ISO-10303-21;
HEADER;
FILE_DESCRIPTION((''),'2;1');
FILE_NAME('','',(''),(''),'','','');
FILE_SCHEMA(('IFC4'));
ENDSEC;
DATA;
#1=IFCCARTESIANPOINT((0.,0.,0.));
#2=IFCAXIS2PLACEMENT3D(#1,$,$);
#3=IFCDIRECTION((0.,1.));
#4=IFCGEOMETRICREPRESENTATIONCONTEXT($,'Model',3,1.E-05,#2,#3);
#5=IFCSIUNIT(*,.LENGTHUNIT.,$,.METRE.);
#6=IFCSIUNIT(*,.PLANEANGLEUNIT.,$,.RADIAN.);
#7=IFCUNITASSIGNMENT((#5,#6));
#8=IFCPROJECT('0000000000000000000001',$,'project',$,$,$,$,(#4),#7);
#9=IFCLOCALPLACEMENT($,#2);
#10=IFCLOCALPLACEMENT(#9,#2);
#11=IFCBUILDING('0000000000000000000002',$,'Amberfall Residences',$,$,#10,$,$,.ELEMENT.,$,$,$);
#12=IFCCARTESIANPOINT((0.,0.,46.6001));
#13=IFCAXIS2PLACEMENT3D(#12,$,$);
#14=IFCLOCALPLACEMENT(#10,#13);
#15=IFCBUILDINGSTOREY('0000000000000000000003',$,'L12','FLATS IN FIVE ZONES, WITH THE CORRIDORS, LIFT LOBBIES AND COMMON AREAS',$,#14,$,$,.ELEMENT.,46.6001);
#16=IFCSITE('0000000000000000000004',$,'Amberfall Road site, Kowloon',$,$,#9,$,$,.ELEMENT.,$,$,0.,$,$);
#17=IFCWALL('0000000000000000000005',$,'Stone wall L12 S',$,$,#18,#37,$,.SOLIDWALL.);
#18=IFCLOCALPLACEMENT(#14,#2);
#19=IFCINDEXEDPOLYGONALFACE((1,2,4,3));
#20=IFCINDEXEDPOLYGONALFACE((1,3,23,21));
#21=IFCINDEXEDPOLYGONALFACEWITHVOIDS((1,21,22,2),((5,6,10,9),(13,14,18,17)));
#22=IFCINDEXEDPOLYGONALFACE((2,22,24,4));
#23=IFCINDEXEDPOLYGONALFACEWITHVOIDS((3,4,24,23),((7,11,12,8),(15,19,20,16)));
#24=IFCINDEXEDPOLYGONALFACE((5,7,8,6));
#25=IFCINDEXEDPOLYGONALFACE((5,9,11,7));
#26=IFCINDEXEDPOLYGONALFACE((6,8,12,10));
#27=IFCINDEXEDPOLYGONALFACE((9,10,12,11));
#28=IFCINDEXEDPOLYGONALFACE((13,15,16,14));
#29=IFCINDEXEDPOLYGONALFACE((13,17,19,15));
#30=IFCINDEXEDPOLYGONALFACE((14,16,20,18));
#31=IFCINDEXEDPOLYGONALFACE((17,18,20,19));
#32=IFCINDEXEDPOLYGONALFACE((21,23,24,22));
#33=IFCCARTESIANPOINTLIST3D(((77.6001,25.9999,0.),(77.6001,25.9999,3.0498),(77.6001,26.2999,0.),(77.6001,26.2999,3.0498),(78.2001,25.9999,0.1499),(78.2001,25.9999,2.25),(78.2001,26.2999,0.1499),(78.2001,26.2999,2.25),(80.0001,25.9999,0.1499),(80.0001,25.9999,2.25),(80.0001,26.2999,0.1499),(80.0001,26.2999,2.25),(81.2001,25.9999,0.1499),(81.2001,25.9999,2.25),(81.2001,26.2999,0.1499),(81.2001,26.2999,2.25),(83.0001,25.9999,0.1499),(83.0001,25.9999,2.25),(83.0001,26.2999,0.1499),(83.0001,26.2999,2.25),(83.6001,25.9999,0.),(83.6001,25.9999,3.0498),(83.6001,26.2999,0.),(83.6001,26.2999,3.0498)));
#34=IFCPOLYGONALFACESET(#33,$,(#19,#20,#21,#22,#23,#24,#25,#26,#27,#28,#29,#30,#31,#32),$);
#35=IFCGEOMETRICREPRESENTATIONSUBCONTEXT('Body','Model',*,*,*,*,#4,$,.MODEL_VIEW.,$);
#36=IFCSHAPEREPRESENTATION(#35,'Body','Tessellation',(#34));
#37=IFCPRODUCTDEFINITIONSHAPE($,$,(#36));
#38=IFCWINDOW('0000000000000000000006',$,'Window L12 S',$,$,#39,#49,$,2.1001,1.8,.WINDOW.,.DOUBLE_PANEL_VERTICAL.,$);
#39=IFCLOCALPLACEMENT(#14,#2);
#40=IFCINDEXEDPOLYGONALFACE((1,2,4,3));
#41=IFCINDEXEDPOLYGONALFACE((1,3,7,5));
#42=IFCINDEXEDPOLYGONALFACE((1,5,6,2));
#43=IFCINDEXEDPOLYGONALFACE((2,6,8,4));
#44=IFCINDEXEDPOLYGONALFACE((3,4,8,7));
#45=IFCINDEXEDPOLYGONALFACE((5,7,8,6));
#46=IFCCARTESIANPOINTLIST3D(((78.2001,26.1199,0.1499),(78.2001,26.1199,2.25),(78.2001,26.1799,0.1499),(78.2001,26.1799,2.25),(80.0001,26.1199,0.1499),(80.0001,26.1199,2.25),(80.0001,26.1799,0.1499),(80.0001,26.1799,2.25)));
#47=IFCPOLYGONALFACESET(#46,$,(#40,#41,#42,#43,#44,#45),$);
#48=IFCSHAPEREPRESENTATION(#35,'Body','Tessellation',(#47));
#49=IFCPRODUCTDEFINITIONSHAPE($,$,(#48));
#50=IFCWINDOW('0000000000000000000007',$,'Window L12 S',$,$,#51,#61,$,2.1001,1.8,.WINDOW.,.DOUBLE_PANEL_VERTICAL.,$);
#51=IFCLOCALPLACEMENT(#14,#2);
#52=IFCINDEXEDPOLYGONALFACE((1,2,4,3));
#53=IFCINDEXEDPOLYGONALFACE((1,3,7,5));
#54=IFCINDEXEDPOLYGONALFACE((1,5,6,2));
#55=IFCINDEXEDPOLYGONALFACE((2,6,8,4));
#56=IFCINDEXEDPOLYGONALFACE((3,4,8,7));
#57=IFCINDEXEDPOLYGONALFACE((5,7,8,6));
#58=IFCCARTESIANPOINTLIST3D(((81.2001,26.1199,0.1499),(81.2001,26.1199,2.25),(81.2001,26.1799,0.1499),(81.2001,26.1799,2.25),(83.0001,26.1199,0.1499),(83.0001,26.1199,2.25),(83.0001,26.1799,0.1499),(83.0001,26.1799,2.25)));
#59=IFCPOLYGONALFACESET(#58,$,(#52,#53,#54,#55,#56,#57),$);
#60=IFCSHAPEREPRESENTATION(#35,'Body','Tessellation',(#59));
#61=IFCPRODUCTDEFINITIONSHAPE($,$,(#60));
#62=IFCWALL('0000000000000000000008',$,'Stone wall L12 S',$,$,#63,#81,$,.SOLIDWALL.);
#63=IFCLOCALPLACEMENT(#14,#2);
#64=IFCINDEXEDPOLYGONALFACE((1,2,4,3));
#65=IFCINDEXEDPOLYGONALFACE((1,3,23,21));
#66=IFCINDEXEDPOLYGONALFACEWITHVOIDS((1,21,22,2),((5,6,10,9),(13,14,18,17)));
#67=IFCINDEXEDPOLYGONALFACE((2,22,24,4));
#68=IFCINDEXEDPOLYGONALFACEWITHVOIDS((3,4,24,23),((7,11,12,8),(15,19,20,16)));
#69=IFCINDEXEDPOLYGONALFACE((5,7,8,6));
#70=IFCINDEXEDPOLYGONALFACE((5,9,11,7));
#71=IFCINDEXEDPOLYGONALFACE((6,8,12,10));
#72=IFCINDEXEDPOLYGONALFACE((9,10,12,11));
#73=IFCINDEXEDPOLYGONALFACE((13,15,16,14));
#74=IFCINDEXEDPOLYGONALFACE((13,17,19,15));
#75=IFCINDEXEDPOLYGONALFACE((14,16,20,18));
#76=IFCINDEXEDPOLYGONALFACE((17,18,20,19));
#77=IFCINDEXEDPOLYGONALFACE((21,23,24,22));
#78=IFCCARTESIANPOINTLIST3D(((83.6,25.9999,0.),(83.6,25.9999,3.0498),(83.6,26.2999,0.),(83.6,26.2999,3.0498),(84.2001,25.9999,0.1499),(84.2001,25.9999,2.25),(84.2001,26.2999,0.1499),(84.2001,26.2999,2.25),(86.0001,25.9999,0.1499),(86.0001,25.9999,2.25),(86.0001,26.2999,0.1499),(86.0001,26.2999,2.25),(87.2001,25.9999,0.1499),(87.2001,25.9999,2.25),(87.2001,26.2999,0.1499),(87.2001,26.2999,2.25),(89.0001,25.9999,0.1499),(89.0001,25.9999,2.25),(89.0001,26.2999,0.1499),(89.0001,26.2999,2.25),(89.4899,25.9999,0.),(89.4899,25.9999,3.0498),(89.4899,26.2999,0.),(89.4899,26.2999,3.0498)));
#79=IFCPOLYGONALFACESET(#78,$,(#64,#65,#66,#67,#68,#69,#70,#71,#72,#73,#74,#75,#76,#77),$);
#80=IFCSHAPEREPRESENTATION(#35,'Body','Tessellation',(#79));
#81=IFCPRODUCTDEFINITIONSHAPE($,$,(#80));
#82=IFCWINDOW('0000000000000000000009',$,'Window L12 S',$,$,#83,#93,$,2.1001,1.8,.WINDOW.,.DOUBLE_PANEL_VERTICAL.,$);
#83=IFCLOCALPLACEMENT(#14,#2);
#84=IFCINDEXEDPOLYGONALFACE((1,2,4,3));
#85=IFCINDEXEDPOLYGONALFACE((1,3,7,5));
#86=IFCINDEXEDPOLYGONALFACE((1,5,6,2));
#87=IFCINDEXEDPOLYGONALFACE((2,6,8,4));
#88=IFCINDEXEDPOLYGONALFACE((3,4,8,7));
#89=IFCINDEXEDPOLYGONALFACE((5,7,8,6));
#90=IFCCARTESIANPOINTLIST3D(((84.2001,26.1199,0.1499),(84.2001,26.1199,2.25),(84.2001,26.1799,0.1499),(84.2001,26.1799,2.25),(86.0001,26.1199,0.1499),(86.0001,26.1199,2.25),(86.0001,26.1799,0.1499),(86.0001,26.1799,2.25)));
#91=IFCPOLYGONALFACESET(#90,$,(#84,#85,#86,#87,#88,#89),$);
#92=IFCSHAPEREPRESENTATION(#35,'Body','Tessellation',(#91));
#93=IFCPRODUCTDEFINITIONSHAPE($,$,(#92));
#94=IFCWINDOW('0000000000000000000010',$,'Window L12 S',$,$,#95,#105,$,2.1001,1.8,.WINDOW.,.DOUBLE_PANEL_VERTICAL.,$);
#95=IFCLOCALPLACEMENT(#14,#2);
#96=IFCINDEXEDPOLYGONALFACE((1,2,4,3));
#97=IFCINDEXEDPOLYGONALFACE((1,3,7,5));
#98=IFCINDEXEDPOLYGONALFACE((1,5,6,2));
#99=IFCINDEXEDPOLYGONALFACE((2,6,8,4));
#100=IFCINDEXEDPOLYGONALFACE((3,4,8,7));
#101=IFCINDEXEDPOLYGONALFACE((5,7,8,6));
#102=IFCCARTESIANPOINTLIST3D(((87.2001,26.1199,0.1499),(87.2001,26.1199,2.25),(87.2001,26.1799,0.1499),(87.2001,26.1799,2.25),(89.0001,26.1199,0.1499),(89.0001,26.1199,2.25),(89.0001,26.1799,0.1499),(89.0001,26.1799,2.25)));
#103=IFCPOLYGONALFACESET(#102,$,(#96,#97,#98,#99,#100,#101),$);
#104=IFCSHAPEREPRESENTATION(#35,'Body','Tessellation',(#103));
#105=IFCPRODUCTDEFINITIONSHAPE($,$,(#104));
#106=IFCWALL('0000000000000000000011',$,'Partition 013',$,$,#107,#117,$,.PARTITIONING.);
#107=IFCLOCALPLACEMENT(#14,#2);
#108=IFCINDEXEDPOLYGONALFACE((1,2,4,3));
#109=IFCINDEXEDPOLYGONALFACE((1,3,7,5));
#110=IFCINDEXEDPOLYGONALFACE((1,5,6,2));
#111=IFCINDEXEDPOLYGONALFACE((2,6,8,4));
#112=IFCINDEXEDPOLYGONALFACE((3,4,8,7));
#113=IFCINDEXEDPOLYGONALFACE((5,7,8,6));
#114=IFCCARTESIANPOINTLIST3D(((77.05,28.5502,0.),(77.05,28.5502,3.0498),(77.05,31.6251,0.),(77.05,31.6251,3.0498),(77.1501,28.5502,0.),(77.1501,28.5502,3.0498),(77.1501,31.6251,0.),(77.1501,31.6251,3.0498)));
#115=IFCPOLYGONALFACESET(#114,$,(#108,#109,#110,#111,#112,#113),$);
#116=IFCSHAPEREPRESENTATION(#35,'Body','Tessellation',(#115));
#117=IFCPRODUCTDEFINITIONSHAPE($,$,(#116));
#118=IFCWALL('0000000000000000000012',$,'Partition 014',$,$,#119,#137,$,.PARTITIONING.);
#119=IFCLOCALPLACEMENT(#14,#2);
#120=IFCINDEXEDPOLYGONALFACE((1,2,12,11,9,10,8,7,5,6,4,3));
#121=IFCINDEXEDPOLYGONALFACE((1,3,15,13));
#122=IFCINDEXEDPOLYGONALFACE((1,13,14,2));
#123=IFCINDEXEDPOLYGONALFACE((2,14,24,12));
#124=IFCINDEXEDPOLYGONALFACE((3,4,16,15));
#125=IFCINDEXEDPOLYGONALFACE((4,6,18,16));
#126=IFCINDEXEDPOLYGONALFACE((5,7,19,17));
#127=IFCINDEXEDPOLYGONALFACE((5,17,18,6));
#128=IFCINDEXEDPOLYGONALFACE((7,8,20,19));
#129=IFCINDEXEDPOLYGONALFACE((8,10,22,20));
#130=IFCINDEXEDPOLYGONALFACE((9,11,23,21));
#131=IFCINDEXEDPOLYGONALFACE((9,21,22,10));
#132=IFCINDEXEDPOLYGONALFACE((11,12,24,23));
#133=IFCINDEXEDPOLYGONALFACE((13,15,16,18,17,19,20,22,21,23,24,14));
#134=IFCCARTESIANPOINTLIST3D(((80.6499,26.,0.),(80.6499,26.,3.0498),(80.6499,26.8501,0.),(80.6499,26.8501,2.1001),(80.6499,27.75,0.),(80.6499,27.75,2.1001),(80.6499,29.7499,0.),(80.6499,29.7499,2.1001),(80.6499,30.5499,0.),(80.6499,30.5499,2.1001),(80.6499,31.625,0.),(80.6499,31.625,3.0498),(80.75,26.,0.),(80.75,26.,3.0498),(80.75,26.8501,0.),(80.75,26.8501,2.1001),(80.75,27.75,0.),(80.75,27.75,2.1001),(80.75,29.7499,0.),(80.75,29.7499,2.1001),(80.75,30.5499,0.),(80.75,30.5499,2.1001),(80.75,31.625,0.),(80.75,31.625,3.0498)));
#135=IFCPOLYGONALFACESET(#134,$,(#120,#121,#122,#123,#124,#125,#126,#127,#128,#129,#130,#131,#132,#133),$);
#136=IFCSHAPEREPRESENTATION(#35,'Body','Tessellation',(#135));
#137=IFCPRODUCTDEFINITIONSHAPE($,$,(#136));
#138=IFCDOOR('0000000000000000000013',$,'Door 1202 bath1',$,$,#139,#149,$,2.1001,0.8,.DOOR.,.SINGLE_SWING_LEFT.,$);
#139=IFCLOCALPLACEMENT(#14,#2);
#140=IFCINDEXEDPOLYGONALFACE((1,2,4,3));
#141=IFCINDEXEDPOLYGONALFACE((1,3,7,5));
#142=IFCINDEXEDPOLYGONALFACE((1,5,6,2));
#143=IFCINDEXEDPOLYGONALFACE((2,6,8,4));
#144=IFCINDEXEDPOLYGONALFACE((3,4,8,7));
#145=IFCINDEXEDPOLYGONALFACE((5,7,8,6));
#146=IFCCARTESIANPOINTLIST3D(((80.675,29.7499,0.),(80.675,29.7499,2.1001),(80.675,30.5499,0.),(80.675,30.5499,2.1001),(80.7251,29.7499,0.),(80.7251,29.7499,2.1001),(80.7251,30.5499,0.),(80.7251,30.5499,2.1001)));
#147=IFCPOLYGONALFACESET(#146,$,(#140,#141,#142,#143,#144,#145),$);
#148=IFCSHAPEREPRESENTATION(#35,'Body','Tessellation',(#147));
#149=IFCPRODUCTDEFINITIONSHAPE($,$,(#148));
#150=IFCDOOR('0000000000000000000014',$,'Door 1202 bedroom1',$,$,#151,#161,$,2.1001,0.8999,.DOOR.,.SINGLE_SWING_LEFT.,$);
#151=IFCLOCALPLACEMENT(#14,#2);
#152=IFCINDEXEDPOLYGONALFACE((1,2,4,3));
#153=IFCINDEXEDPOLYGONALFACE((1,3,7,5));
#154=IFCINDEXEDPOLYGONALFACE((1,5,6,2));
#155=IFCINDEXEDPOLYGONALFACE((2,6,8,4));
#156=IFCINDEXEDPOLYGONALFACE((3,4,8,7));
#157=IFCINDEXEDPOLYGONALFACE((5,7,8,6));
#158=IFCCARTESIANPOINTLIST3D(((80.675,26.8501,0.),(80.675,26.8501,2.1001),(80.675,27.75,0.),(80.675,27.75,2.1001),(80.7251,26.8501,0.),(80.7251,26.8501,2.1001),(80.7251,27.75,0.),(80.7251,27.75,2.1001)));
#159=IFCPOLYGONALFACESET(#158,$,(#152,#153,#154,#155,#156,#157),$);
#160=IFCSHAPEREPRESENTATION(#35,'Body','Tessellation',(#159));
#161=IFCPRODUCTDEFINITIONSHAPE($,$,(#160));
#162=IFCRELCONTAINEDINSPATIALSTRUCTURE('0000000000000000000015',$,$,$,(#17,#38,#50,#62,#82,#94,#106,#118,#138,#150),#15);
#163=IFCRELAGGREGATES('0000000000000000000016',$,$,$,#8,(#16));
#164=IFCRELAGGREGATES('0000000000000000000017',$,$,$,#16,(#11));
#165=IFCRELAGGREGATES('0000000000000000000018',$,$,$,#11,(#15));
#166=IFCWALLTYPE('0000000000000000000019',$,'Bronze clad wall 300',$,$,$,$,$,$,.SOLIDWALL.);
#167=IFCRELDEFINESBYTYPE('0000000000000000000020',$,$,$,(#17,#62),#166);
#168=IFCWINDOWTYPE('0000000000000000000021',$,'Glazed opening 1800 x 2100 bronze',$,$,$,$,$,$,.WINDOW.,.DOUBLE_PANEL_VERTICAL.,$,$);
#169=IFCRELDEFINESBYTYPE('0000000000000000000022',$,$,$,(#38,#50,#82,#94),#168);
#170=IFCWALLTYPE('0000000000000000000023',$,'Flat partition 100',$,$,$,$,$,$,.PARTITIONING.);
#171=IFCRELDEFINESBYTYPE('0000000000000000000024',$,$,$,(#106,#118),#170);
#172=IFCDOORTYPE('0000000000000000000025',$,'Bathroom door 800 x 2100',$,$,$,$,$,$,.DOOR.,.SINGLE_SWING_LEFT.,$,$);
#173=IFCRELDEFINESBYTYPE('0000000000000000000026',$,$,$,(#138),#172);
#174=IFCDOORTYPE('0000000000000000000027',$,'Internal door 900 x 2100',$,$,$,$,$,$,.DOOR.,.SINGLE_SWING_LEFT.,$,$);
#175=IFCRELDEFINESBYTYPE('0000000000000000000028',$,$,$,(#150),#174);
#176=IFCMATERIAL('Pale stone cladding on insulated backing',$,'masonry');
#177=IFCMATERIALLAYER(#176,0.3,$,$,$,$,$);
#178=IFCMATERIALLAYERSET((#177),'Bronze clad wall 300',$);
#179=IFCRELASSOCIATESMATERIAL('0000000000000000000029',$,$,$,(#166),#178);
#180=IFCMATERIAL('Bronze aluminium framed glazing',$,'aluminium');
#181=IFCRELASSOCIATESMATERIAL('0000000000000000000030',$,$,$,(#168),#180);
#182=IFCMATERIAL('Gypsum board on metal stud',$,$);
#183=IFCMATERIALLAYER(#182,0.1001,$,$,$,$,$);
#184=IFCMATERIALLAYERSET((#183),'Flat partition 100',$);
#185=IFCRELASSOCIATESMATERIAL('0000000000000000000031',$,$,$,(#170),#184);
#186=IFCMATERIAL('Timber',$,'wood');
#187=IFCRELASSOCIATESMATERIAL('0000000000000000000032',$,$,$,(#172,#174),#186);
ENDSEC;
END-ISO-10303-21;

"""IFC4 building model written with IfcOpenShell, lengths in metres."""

from ifc_helpers import new_model, si_unit, direction, frame, frame_2d, origin, place, context, subcontext, project, spatial, rectangle, extrude, material, layer, layer_set, type_object, element, fill, save


model = new_model("IFC4")

# Units and contexts
model_context = context("Model", 3, precision=1e-05, world=origin(), true_north=direction((0.0, 1.0)))
body_context = subcontext(model_context, "Body", "Model", "MODEL_VIEW")
ifc_project = project(units=[si_unit("LENGTHUNIT", "METRE"), si_unit("PLANEANGLEUNIT", "RADIAN")], contexts=[model_context])

# Site, building, storey
site_placement = place(None, origin())
site = spatial("IfcSite", under=ifc_project, at=site_placement, Name="Amberfall Road site, Kowloon", CompositionType="ELEMENT", RefElevation=0.0)
building_placement = place(site_placement, origin())
building = spatial("IfcBuilding", under=site, at=building_placement, Name="Amberfall Residences", CompositionType="ELEMENT")
storey_placement = place(building_placement, frame((0.0, 0.0, 46.6001)))
storey = spatial("IfcBuildingStorey", under=building, at=storey_placement, Name="L12", Description="FLATS IN FIVE ZONES, WITH THE CORRIDORS, LIFT LOBBIES AND COMMON AREAS", CompositionType="ELEMENT", Elevation=46.6001)

# Shared definitions
ifc_material_1 = material(Name="Pale stone cladding on insulated backing", Category="masonry")
ifc_layer_1 = layer(ifc_material_1, 0.3)
ifc_layer_set_1 = layer_set([ifc_layer_1], Name="Bronze clad wall 300")
wall_type_1 = type_object("IfcWallType", Name="Bronze clad wall 300", PredefinedType="SOLIDWALL", material=ifc_layer_set_1)
ifc_material_2 = material(Name="Bronze aluminium framed glazing", Category="aluminium")

# Walls, openings, windows
wall_1_placement = place(storey_placement, frame((77.6001, 26.1499, 0.0), z_axis=(0.0, 0.0, 1.0), x_axis=(1.0, 0.0, 0.0)))
wall_1 = element("IfcWall", 1, at=wall_1_placement, inside=storey, type_object=wall_type_1, Name="Stone wall L12 S", PredefinedType="SOLIDWALL", context=body_context, shape_type="SweptSolid", body=[
    extrude(rectangle(XDim=6.0, YDim=0.3, at=frame_2d((3.0, 0.0))), origin(), (0.0, 0.0, 1.0), 3.0498),
])
opening_1_placement = place(wall_1_placement, frame((0.6001, 0.0, 0.1499)))
opening_1 = element("IfcOpeningElement", 2, at=opening_1_placement, cuts=wall_1, PredefinedType="OPENING", context=body_context, shape_type="SweptSolid", body=[
    extrude(rectangle(XDim=1.8, YDim=2.1001, at=frame_2d((0.8999, 1.05))), frame((0.0, 0.1599, 0.0), z_axis=(0.0, -1.0, 0.0), x_axis=(1.0, 0.0, 0.0)), (0.0, 0.0, 1.0), 0.3201),
])
opening_2_placement = place(wall_1_placement, frame((3.6001, 0.0, 0.1499)))
opening_2 = element("IfcOpeningElement", 3, at=opening_2_placement, cuts=wall_1, PredefinedType="OPENING", context=body_context, shape_type="SweptSolid", body=[
    extrude(rectangle(XDim=1.8, YDim=2.1001, at=frame_2d((0.8999, 1.05))), frame((0.0, 0.1599, 0.0), z_axis=(0.0, -1.0, 0.0), x_axis=(1.0, 0.0, 0.0)), (0.0, 0.0, 1.0), 0.3201),
])
window_type_1 = type_object("IfcWindowType", Name="Glazed opening 1800 x 2100 bronze", PartitioningType="DOUBLE_PANEL_VERTICAL", PredefinedType="WINDOW", material=ifc_material_2)
window_1_placement = place(opening_1_placement, origin())
window_1 = element("IfcWindow", 4, at=window_1_placement, inside=storey, type_object=window_type_1, Name="Window L12 S", OverallHeight=2.1001, OverallWidth=1.8, PartitioningType="DOUBLE_PANEL_VERTICAL", PredefinedType="WINDOW", context=body_context, shape_type="SweptSolid", body=[
    extrude(rectangle(XDim=1.8, YDim=2.1001, at=frame_2d((0.8999, 1.05))), frame((0.0, 0.03, 0.0), z_axis=(0.0, -1.0, 0.0), x_axis=(1.0, 0.0, 0.0)), (0.0, 0.0, 1.0), 0.0601),
])
fill(opening_1, window_1)
window_2_placement = place(opening_2_placement, origin())
window_2 = element("IfcWindow", 5, at=window_2_placement, inside=storey, type_object=window_type_1, Name="Window L12 S", OverallHeight=2.1001, OverallWidth=1.8, PartitioningType="DOUBLE_PANEL_VERTICAL", PredefinedType="WINDOW", context=body_context, shape_type="SweptSolid", body=[
    extrude(rectangle(XDim=1.8, YDim=2.1001, at=frame_2d((0.8999, 1.05))), frame((0.0, 0.03, 0.0), z_axis=(0.0, -1.0, 0.0), x_axis=(1.0, 0.0, 0.0)), (0.0, 0.0, 1.0), 0.0601),
])
fill(opening_2, window_2)
wall_2_placement = place(storey_placement, frame((83.6001, 26.1499, 0.0), z_axis=(0.0, 0.0, 1.0), x_axis=(1.0, 0.0, 0.0)))
wall_2 = element("IfcWall", 6, at=wall_2_placement, inside=storey, type_object=wall_type_1, Name="Stone wall L12 S", PredefinedType="SOLIDWALL", context=body_context, shape_type="SweptSolid", body=[
    extrude(rectangle(XDim=5.8899, YDim=0.3, at=frame_2d((2.9448, 0.0))), origin(), (0.0, 0.0, 1.0), 3.0498),
])
opening_3_placement = place(wall_2_placement, frame((0.6001, 0.0, 0.1499)))
opening_3 = element("IfcOpeningElement", 7, at=opening_3_placement, cuts=wall_2, PredefinedType="OPENING", context=body_context, shape_type="SweptSolid", body=[
    extrude(rectangle(XDim=1.8, YDim=2.1001, at=frame_2d((0.8999, 1.05))), frame((0.0, 0.1599, 0.0), z_axis=(0.0, -1.0, 0.0), x_axis=(1.0, 0.0, 0.0)), (0.0, 0.0, 1.0), 0.3201),
])
opening_4_placement = place(wall_2_placement, frame((3.6001, 0.0, 0.1499)))
opening_4 = element("IfcOpeningElement", 8, at=opening_4_placement, cuts=wall_2, PredefinedType="OPENING", context=body_context, shape_type="SweptSolid", body=[
    extrude(rectangle(XDim=1.8, YDim=2.1001, at=frame_2d((0.8999, 1.05))), frame((0.0, 0.1599, 0.0), z_axis=(0.0, -1.0, 0.0), x_axis=(1.0, 0.0, 0.0)), (0.0, 0.0, 1.0), 0.3201),
])
window_3_placement = place(opening_3_placement, origin())
window_3 = element("IfcWindow", 9, at=window_3_placement, inside=storey, type_object=window_type_1, Name="Window L12 S", OverallHeight=2.1001, OverallWidth=1.8, PartitioningType="DOUBLE_PANEL_VERTICAL", PredefinedType="WINDOW", context=body_context, shape_type="SweptSolid", body=[
    extrude(rectangle(XDim=1.8, YDim=2.1001, at=frame_2d((0.8999, 1.05))), frame((0.0, 0.03, 0.0), z_axis=(0.0, -1.0, 0.0), x_axis=(1.0, 0.0, 0.0)), (0.0, 0.0, 1.0), 0.0601),
])
fill(opening_3, window_3)
window_4_placement = place(opening_4_placement, origin())
window_4 = element("IfcWindow", 10, at=window_4_placement, inside=storey, type_object=window_type_1, Name="Window L12 S", OverallHeight=2.1001, OverallWidth=1.8, PartitioningType="DOUBLE_PANEL_VERTICAL", PredefinedType="WINDOW", context=body_context, shape_type="SweptSolid", body=[
    extrude(rectangle(XDim=1.8, YDim=2.1001, at=frame_2d((0.8999, 1.05))), frame((0.0, 0.03, 0.0), z_axis=(0.0, -1.0, 0.0), x_axis=(1.0, 0.0, 0.0)), (0.0, 0.0, 1.0), 0.0601),
])
fill(opening_4, window_4)

# Wall
ifc_material_3 = material(Name="Gypsum board on metal stud")
ifc_layer_2 = layer(ifc_material_3, 0.1001)
ifc_layer_set_2 = layer_set([ifc_layer_2], Name="Flat partition 100")
wall_type_2 = type_object("IfcWallType", Name="Flat partition 100", PredefinedType="PARTITIONING", material=ifc_layer_set_2)
wall_3_placement = place(storey_placement, frame((77.1001, 28.55, 0.0), z_axis=(0.0, 0.0, 1.0), x_axis=(0.0, 1.0, 0.0)))
element("IfcWall", 11, at=wall_3_placement, inside=storey, type_object=wall_type_2, Name="Partition 013", PredefinedType="PARTITIONING", context=body_context, shape_type="SweptSolid", body=[
    extrude(rectangle(XDim=3.075, YDim=0.1001, at=frame_2d((1.5376, 0.0))), origin(), (0.0, 0.0, 1.0), 3.0498),
])

# Wall, openings, doors
wall_4_placement = place(storey_placement, frame((80.7, 26.0, 0.0), z_axis=(0.0, 0.0, 1.0), x_axis=(0.0, 1.0, 0.0)))
wall_4 = element("IfcWall", 12, at=wall_4_placement, inside=storey, type_object=wall_type_2, Name="Partition 014", PredefinedType="PARTITIONING", context=body_context, shape_type="SweptSolid", body=[
    extrude(rectangle(XDim=5.625, YDim=0.1001, at=frame_2d((2.8125, 0.0))), origin(), (0.0, 0.0, 1.0), 3.0498),
])
opening_5_placement = place(wall_4_placement, frame((0.8501, 0.0, 0.0)))
opening_5 = element("IfcOpeningElement", 13, at=opening_5_placement, cuts=wall_4, PredefinedType="OPENING", context=body_context, shape_type="SweptSolid", body=[
    extrude(rectangle(XDim=0.8999, YDim=2.1001, at=frame_2d((0.45, 1.05))), frame((0.0, 0.0601, 0.0), z_axis=(0.0, -1.0, 0.0), x_axis=(1.0, 0.0, 0.0)), (0.0, 0.0, 1.0), 0.1201),
])
opening_6_placement = place(wall_4_placement, frame((3.75, 0.0, 0.0)))
opening_6 = element("IfcOpeningElement", 14, at=opening_6_placement, cuts=wall_4, PredefinedType="OPENING", context=body_context, shape_type="SweptSolid", body=[
    extrude(rectangle(XDim=0.8, YDim=2.1001, at=frame_2d((0.3999, 1.05))), frame((0.0, 0.0601, 0.0), z_axis=(0.0, -1.0, 0.0), x_axis=(1.0, 0.0, 0.0)), (0.0, 0.0, 1.0), 0.1201),
])
ifc_material_4 = material(Name="Timber", Category="wood")
door_type_1 = type_object("IfcDoorType", Name="Bathroom door 800 x 2100", OperationType="SINGLE_SWING_LEFT", PredefinedType="DOOR", material=ifc_material_4)
door_1_placement = place(opening_6_placement, origin())
door_1 = element("IfcDoor", 15, at=door_1_placement, inside=storey, type_object=door_type_1, Name="Door 1202 bath1", OperationType="SINGLE_SWING_LEFT", OverallHeight=2.1001, OverallWidth=0.8, PredefinedType="DOOR", context=body_context, shape_type="SweptSolid", body=[
    extrude(rectangle(XDim=0.8, YDim=2.1001, at=frame_2d((0.3999, 1.05))), frame((0.0, 0.0249, 0.0), z_axis=(0.0, -1.0, 0.0), x_axis=(1.0, 0.0, 0.0)), (0.0, 0.0, 1.0), 0.05),
])
fill(opening_6, door_1)
door_type_2 = type_object("IfcDoorType", Name="Internal door 900 x 2100", OperationType="SINGLE_SWING_LEFT", PredefinedType="DOOR", material=ifc_material_4)
door_2_placement = place(opening_5_placement, origin())
door_2 = element("IfcDoor", 16, at=door_2_placement, inside=storey, type_object=door_type_2, Name="Door 1202 bedroom1", OperationType="SINGLE_SWING_LEFT", OverallHeight=2.1001, OverallWidth=0.8999, PredefinedType="DOOR", context=body_context, shape_type="SweptSolid", body=[
    extrude(rectangle(XDim=0.8999, YDim=2.1001, at=frame_2d((0.45, 1.05))), frame((0.0, 0.0249, 0.0), z_axis=(0.0, -1.0, 0.0), x_axis=(1.0, 0.0, 0.0)), (0.0, 0.0, 1.0), 0.05),
])
fill(opening_5, door_2)

save(model, "model.ifc")
